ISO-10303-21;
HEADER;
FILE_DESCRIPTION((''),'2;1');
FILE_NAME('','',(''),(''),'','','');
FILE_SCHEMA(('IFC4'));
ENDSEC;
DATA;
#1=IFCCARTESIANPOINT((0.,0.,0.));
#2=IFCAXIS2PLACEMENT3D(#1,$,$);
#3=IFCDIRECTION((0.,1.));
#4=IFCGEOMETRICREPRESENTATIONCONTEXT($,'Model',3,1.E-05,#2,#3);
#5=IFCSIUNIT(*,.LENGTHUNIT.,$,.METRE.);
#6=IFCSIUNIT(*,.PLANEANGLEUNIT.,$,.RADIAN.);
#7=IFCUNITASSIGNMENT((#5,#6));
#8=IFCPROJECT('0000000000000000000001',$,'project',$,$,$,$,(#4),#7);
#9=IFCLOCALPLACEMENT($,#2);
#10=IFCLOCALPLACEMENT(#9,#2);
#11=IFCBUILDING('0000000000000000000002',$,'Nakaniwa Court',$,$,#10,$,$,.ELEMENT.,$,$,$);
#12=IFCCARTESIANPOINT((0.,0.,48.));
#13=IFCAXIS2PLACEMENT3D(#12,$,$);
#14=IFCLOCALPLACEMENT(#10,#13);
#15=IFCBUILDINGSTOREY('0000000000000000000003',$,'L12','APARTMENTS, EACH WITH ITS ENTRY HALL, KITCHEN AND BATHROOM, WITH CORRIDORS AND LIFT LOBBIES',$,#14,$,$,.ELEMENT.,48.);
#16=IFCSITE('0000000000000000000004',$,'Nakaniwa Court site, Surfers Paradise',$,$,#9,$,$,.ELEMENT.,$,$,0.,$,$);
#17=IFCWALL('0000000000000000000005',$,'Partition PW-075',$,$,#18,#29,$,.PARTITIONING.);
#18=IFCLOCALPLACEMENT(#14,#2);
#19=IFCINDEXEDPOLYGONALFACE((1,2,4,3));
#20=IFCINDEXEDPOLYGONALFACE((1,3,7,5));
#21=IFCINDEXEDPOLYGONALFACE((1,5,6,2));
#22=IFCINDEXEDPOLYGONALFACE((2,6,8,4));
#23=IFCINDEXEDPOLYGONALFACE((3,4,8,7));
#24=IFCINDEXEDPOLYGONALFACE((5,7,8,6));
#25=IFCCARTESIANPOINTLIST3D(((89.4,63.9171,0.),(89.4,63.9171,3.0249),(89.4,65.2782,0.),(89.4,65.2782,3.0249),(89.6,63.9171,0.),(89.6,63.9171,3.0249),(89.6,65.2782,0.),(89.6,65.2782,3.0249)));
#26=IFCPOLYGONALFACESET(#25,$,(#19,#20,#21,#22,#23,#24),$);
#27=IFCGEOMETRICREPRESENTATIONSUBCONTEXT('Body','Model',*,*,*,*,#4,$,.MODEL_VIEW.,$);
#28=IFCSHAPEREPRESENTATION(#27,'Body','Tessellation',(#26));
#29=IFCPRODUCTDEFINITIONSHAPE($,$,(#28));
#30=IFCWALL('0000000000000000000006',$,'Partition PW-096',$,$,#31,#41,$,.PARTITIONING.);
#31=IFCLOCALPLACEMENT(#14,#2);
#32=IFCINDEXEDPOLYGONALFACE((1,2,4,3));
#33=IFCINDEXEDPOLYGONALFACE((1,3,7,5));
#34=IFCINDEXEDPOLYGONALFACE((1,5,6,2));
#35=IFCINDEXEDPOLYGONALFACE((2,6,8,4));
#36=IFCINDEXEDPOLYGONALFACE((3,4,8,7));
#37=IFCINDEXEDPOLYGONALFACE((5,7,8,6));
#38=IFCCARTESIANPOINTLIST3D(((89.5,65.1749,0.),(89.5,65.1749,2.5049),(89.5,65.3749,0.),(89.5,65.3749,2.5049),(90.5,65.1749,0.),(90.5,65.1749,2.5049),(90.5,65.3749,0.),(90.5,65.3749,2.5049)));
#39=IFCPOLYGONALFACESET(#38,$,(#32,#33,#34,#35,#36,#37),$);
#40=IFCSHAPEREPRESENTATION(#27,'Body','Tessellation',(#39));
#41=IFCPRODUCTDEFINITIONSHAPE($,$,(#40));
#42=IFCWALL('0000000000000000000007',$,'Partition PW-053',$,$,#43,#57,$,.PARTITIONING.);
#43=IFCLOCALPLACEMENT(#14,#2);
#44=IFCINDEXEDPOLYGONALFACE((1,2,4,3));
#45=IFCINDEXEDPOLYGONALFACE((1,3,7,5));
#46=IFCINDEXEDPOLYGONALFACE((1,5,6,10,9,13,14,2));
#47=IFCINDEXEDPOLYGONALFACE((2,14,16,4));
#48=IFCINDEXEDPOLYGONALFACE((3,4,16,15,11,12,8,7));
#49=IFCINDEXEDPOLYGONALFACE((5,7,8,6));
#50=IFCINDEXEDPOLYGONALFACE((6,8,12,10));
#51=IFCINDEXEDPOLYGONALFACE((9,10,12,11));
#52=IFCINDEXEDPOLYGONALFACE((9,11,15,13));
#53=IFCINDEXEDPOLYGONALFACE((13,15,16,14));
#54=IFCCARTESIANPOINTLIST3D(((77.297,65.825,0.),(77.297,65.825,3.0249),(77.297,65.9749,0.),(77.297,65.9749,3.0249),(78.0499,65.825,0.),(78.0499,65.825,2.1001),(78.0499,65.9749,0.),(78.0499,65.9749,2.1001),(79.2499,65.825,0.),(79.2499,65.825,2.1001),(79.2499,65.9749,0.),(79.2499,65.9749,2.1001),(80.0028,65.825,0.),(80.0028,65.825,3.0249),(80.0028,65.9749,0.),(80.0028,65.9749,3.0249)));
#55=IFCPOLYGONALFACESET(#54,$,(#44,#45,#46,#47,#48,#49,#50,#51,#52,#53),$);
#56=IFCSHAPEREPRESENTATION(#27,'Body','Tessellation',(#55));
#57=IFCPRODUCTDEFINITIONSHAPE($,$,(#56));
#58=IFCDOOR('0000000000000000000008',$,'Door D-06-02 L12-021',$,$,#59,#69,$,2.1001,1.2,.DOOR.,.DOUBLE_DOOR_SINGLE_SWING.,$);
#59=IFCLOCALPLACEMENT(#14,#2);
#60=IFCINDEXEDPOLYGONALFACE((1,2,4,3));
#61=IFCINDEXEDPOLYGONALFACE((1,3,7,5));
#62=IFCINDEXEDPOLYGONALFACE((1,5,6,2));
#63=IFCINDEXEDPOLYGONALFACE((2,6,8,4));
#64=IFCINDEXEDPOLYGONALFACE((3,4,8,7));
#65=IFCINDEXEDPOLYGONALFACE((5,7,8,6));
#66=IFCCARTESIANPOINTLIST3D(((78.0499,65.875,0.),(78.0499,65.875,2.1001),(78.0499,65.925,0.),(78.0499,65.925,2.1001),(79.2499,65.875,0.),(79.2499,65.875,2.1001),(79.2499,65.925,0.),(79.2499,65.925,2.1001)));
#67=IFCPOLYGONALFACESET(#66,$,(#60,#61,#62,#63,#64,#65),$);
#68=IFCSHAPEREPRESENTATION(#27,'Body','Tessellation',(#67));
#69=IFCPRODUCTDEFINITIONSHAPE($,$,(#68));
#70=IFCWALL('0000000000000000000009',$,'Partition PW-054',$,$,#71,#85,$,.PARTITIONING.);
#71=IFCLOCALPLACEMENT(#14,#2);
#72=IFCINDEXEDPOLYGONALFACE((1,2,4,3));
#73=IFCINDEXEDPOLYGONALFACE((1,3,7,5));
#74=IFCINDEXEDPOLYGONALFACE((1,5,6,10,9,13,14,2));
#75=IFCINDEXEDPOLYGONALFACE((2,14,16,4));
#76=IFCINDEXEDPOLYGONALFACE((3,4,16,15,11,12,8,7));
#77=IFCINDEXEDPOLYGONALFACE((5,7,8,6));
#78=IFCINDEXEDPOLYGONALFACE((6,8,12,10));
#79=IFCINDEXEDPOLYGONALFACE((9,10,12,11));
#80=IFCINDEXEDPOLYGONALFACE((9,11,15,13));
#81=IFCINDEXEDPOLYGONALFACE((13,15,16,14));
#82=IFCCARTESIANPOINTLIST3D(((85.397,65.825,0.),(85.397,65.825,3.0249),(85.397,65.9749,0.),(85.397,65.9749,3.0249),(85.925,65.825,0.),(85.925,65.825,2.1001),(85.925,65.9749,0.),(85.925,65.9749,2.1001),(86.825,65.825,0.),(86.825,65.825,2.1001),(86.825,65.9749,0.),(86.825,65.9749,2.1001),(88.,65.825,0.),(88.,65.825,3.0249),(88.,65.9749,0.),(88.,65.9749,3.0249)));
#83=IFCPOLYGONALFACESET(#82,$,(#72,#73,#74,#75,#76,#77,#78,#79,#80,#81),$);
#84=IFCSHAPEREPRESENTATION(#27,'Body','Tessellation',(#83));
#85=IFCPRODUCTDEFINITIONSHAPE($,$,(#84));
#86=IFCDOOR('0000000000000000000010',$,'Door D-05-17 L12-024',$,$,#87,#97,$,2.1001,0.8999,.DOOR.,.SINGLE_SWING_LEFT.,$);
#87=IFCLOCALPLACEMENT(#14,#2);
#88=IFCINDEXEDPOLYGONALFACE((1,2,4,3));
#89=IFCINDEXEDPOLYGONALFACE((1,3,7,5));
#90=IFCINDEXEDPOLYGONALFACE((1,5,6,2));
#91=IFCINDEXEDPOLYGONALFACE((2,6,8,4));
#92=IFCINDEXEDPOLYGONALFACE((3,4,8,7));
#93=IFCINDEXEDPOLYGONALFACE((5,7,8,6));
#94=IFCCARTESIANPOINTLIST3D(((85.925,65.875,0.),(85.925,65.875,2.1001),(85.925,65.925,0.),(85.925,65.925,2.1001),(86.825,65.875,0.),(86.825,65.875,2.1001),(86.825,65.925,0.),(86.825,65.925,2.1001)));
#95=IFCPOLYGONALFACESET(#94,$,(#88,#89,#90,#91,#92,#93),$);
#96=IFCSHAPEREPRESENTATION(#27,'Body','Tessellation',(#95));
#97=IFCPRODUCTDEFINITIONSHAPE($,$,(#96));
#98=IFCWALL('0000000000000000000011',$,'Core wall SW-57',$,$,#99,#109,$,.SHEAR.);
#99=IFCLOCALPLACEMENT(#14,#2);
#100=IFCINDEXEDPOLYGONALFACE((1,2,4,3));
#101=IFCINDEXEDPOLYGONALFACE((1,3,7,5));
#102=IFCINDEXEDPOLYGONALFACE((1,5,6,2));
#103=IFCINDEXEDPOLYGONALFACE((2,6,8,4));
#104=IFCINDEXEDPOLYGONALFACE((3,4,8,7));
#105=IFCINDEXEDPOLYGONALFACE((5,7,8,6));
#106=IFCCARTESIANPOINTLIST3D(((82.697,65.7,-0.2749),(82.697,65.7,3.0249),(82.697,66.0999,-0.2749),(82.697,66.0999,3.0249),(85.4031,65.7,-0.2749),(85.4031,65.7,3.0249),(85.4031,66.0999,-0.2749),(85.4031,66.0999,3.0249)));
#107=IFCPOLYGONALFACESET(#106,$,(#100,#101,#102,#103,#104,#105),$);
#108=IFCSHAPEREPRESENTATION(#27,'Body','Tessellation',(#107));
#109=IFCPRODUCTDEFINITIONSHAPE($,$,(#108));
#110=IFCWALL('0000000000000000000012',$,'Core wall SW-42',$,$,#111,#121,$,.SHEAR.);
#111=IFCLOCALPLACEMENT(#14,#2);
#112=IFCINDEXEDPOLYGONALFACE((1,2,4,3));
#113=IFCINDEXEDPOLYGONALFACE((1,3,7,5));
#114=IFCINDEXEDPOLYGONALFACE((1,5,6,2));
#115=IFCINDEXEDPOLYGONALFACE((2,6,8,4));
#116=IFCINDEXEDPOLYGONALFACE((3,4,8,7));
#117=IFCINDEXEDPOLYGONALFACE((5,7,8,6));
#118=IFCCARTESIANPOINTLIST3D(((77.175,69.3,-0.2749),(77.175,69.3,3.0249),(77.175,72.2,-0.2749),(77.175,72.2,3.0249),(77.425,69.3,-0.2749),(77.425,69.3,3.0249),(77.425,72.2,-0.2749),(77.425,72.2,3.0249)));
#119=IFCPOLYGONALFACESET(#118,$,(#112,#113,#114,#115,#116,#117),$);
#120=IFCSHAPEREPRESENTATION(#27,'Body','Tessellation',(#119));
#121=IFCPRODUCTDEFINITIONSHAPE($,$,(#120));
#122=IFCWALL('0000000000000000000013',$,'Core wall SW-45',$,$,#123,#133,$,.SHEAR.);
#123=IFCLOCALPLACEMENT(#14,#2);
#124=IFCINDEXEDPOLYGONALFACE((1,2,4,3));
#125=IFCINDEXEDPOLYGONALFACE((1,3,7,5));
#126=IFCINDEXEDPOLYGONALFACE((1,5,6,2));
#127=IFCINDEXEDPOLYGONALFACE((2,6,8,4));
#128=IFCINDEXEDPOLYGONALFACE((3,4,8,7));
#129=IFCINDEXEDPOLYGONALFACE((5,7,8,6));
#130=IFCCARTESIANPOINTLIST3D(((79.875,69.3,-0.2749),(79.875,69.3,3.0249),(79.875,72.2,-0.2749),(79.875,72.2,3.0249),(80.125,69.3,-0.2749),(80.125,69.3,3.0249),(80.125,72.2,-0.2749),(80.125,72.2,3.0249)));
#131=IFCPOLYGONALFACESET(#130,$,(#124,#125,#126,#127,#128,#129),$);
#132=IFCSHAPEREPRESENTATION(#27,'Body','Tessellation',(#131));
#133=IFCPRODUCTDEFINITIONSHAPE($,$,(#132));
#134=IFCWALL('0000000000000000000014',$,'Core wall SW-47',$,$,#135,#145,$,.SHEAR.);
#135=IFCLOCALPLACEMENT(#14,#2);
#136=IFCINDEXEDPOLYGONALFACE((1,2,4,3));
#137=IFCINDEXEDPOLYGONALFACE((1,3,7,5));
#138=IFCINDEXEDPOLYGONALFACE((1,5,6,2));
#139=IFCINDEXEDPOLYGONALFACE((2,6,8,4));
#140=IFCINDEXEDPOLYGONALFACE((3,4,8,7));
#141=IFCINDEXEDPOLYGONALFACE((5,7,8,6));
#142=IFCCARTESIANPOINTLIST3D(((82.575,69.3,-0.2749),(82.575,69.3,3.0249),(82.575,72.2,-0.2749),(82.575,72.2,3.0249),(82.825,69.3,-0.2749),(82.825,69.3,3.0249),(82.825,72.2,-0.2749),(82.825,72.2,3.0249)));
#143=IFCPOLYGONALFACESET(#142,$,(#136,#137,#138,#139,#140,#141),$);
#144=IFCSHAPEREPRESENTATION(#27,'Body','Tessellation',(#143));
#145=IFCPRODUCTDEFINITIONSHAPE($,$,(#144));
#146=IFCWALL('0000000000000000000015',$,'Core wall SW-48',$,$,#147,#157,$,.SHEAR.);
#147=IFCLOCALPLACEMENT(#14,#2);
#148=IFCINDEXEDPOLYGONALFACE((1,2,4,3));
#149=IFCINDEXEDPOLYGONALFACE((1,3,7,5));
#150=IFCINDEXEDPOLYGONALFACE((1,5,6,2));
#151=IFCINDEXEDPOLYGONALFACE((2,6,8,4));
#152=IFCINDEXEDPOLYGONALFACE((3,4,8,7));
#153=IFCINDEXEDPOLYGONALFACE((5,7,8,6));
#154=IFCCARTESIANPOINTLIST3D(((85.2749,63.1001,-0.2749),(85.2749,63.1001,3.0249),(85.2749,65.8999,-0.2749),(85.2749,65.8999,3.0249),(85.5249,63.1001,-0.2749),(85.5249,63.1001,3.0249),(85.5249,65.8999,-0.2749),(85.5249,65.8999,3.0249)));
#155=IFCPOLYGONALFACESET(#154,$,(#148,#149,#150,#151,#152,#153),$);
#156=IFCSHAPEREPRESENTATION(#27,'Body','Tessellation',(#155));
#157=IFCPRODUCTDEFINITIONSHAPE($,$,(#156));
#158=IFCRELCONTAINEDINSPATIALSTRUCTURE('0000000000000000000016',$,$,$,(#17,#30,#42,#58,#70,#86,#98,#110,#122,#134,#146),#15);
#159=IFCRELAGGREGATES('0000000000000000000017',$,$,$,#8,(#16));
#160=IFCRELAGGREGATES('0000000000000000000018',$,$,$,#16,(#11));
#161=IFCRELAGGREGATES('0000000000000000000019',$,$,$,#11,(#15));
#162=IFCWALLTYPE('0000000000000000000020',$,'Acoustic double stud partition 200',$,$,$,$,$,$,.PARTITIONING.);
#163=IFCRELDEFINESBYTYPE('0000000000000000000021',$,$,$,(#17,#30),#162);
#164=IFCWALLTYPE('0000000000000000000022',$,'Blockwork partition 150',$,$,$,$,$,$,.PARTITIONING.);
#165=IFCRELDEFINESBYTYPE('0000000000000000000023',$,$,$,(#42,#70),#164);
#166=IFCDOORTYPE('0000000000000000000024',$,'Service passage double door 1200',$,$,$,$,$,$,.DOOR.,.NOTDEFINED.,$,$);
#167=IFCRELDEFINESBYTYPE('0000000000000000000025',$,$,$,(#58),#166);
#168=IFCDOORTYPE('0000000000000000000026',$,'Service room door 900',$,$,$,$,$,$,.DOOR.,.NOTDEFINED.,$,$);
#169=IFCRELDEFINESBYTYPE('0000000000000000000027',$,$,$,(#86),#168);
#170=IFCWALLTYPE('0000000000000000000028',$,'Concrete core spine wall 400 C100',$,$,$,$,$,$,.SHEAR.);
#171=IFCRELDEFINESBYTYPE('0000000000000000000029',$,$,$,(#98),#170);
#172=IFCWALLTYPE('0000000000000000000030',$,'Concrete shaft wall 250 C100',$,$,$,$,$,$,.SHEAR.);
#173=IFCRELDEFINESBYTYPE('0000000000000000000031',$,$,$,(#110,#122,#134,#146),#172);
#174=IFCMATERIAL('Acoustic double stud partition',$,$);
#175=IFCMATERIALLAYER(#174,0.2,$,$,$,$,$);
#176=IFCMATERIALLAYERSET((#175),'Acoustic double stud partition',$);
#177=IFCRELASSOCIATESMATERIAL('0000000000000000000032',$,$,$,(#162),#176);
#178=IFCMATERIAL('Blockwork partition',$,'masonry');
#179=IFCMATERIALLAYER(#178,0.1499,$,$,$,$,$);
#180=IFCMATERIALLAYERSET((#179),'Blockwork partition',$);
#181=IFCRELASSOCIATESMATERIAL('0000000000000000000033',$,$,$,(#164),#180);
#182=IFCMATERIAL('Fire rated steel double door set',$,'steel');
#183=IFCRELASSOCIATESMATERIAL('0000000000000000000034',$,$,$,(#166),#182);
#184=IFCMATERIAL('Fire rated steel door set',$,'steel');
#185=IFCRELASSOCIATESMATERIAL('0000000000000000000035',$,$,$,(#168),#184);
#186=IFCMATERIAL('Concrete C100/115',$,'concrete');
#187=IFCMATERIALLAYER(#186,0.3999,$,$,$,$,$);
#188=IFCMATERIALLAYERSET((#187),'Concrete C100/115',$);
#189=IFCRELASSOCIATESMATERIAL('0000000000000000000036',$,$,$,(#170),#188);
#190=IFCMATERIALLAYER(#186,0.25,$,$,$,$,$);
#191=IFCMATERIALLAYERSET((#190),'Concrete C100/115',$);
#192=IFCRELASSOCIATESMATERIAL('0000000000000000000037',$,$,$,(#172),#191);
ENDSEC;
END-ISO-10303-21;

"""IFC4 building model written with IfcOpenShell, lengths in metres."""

from ifc_helpers import new_model, si_unit, direction, frame, frame_2d, origin, place, context, subcontext, project, spatial, rectangle, extrude, material, layer, layer_set, type_object, element, fill, save


model = new_model("IFC4")

# Units and contexts
model_context = context("Model", 3, precision=1e-05, world=origin(), true_north=direction((0.0, 1.0)))
body_context = subcontext(model_context, "Body", "Model", "MODEL_VIEW")
ifc_project = project(units=[si_unit("LENGTHUNIT", "METRE"), si_unit("PLANEANGLEUNIT", "RADIAN")], contexts=[model_context])

# Site, building, storey
site_placement = place(None, origin())
site = spatial("IfcSite", under=ifc_project, at=site_placement, Name="Nakaniwa Court site, Surfers Paradise", CompositionType="ELEMENT", RefElevation=0.0)
building_placement = place(site_placement, origin())
building = spatial("IfcBuilding", under=site, at=building_placement, Name="Nakaniwa Court", CompositionType="ELEMENT")
storey_placement = place(building_placement, frame((0.0, 0.0, 48.0)))
storey = spatial("IfcBuildingStorey", under=building, at=storey_placement, Name="L12", Description="APARTMENTS, EACH WITH ITS ENTRY HALL, KITCHEN AND BATHROOM, WITH CORRIDORS AND LIFT LOBBIES", CompositionType="ELEMENT", Elevation=48.0)

# Walls
ifc_material_1 = material(Name="Acoustic double stud partition")
ifc_layer_1 = layer(ifc_material_1, 0.2)
ifc_layer_set_1 = layer_set([ifc_layer_1], Name="Acoustic double stud partition")
wall_type_1 = type_object("IfcWallType", Name="Acoustic double stud partition 200", PredefinedType="PARTITIONING", material=ifc_layer_set_1)
wall_1_placement = place(storey_placement, frame((89.5, 63.917, 0.0), z_axis=(0.0, 0.0, 1.0), x_axis=(0.0, 1.0, 0.0)))
element("IfcWall", 1, at=wall_1_placement, inside=storey, type_object=wall_type_1, Name="Partition PW-075", PredefinedType="PARTITIONING", context=body_context, shape_type="SweptSolid", body=[
    extrude(rectangle(XDim=1.3611, YDim=0.2, at=frame_2d((0.6807, 0.0))), origin(), (0.0, 0.0, 1.0), 3.0249),
])
wall_2_placement = place(storey_placement, frame((89.5, 65.2749, 0.0), z_axis=(0.0, 0.0, 1.0), x_axis=(1.0, 0.0, 0.0)))
element("IfcWall", 2, at=wall_2_placement, inside=storey, type_object=wall_type_1, Name="Partition PW-096", PredefinedType="PARTITIONING", context=body_context, shape_type="SweptSolid", body=[
    extrude(rectangle(XDim=1.0, YDim=0.2, at=frame_2d((0.5, 0.0))), origin(), (0.0, 0.0, 1.0), 2.5049),
])

# Walls, openings, doors
ifc_material_2 = material(Name="Blockwork partition", Category="masonry")
ifc_layer_2 = layer(ifc_material_2, 0.1499)
ifc_layer_set_2 = layer_set([ifc_layer_2], Name="Blockwork partition")
wall_type_2 = type_object("IfcWallType", Name="Blockwork partition 150", PredefinedType="PARTITIONING", material=ifc_layer_set_2)
wall_3_placement = place(storey_placement, frame((80.0029, 65.8999, 0.0), z_axis=(0.0, 0.0, 1.0), x_axis=(-1.0, 0.0, 0.0)))
wall_3 = element("IfcWall", 3, at=wall_3_placement, inside=storey, type_object=wall_type_2, Name="Partition PW-053", PredefinedType="PARTITIONING", context=body_context, shape_type="SweptSolid", body=[
    extrude(rectangle(XDim=2.7058, YDim=0.1499, at=frame_2d((1.353, 0.0))), origin(), (0.0, 0.0, 1.0), 3.0249),
])
opening_1_placement = place(wall_3_placement, frame((0.7529, 0.0, 0.0)))
opening_1 = element("IfcOpeningElement", 4, at=opening_1_placement, cuts=wall_3, PredefinedType="OPENING", context=body_context, shape_type="SweptSolid", body=[
    extrude(rectangle(XDim=1.2, YDim=2.1001, at=frame_2d((0.6001, 1.05))), frame((0.0, 0.085, 0.0), z_axis=(0.0, -1.0, 0.0), x_axis=(1.0, 0.0, 0.0)), (0.0, 0.0, 1.0), 0.1699),
])
ifc_material_3 = material(Name="Fire rated steel double door set", Category="steel")
door_type_1 = type_object("IfcDoorType", Name="Service passage double door 1200", OperationType="NOTDEFINED", PredefinedType="DOOR", material=ifc_material_3)
door_1_placement = place(opening_1_placement, origin())
door_1 = element("IfcDoor", 5, at=door_1_placement, inside=storey, type_object=door_type_1, Name="Door D-06-02 L12-021", OperationType="DOUBLE_DOOR_SINGLE_SWING", OverallHeight=2.1001, OverallWidth=1.2, PredefinedType="DOOR", context=body_context, shape_type="SweptSolid", body=[
    extrude(rectangle(XDim=1.2, YDim=2.1001, at=frame_2d((0.6001, 1.05))), frame((0.0, 0.0249, 0.0), z_axis=(0.0, -1.0, 0.0), x_axis=(1.0, 0.0, 0.0)), (0.0, 0.0, 1.0), 0.05),
])
fill(opening_1, door_1)
wall_4_placement = place(storey_placement, frame((88.0, 65.8999, 0.0), z_axis=(0.0, 0.0, 1.0), x_axis=(-1.0, 0.0, 0.0)))
wall_4 = element("IfcWall", 6, at=wall_4_placement, inside=storey, type_object=wall_type_2, Name="Partition PW-054", PredefinedType="PARTITIONING", context=body_context, shape_type="SweptSolid", body=[
    extrude(rectangle(XDim=2.603, YDim=0.1499, at=frame_2d((1.3015, 0.0))), origin(), (0.0, 0.0, 1.0), 3.0249),
])
opening_2_placement = place(wall_4_placement, frame((1.175, 0.0, 0.0)))
opening_2 = element("IfcOpeningElement", 7, at=opening_2_placement, cuts=wall_4, PredefinedType="OPENING", context=body_context, shape_type="SweptSolid", body=[
    extrude(rectangle(XDim=0.8999, YDim=2.1001, at=frame_2d((0.45, 1.05))), frame((0.0, 0.085, 0.0), z_axis=(0.0, -1.0, 0.0), x_axis=(1.0, 0.0, 0.0)), (0.0, 0.0, 1.0), 0.1699),
])
ifc_material_4 = material(Name="Fire rated steel door set", Category="steel")
door_type_2 = type_object("IfcDoorType", Name="Service room door 900", OperationType="NOTDEFINED", PredefinedType="DOOR", material=ifc_material_4)
door_2_placement = place(opening_2_placement, origin())
door_2 = element("IfcDoor", 8, at=door_2_placement, inside=storey, type_object=door_type_2, Name="Door D-05-17 L12-024", OperationType="SINGLE_SWING_LEFT", OverallHeight=2.1001, OverallWidth=0.8999, PredefinedType="DOOR", context=body_context, shape_type="SweptSolid", body=[
    extrude(rectangle(XDim=0.8999, YDim=2.1001, at=frame_2d((0.45, 1.05))), frame((0.0, 0.0249, 0.0), z_axis=(0.0, -1.0, 0.0), x_axis=(1.0, 0.0, 0.0)), (0.0, 0.0, 1.0), 0.05),
])
fill(opening_2, door_2)

# Walls
ifc_material_5 = material(Name="Concrete C100/115", Category="concrete")
ifc_layer_3 = layer(ifc_material_5, 0.3999)
ifc_layer_set_3 = layer_set([ifc_layer_3], Name="Concrete C100/115")
wall_type_3 = type_object("IfcWallType", Name="Concrete core spine wall 400 C100", PredefinedType="SHEAR", material=ifc_layer_set_3)
wall_5_placement = place(storey_placement, frame((82.697, 65.8999, -0.2749), z_axis=(0.0, 0.0, 1.0), x_axis=(1.0, 0.0, 0.0)))
element("IfcWall", 9, at=wall_5_placement, inside=storey, type_object=wall_type_3, Name="Core wall SW-57", PredefinedType="SHEAR", context=body_context, shape_type="SweptSolid", body=[
    extrude(rectangle(XDim=2.7061, YDim=0.3999, at=frame_2d((1.353, 0.0))), origin(), (0.0, 0.0, 1.0), 3.2998),
])
ifc_layer_4 = layer(ifc_material_5, 0.25)
ifc_layer_set_4 = layer_set([ifc_layer_4], Name="Concrete C100/115")
wall_type_4 = type_object("IfcWallType", Name="Concrete shaft wall 250 C100", PredefinedType="SHEAR", material=ifc_layer_set_4)
for number, where, z_axis, x_axis, name in (
    (10, (77.3, 69.3, -0.2749), (0.0, 0.0, 1.0), (0.0, 1.0, 0.0), "Core wall SW-42"),
    (11, (80.0, 69.3, -0.2749), (0.0, 0.0, 1.0), (0.0, 1.0, 0.0), "Core wall SW-45"),
    (12, (82.7, 69.3, -0.2749), (0.0, 0.0, 1.0), (0.0, 1.0, 0.0), "Core wall SW-47"),
):
    element("IfcWall", number, at=place(storey_placement, frame(where, z_axis=z_axis, x_axis=x_axis)), inside=storey, type_object=wall_type_4, Name=name, PredefinedType="SHEAR", context=body_context, shape_type="SweptSolid", body=[
        extrude(rectangle(XDim=2.8999, YDim=0.25, at=frame_2d((1.45, 0.0))), origin(), (0.0, 0.0, 1.0), 3.2998),
    ])
wall_6_placement = place(storey_placement, frame((85.3999, 63.1001, -0.2749), z_axis=(0.0, 0.0, 1.0), x_axis=(0.0, 1.0, 0.0)))
element("IfcWall", 13, at=wall_6_placement, inside=storey, type_object=wall_type_4, Name="Core wall SW-48", PredefinedType="SHEAR", context=body_context, shape_type="SweptSolid", body=[
    extrude(rectangle(XDim=2.7998, YDim=0.25, at=frame_2d((1.3999, 0.0))), origin(), (0.0, 0.0, 1.0), 3.2998),
])

save(model, "model.ifc")
